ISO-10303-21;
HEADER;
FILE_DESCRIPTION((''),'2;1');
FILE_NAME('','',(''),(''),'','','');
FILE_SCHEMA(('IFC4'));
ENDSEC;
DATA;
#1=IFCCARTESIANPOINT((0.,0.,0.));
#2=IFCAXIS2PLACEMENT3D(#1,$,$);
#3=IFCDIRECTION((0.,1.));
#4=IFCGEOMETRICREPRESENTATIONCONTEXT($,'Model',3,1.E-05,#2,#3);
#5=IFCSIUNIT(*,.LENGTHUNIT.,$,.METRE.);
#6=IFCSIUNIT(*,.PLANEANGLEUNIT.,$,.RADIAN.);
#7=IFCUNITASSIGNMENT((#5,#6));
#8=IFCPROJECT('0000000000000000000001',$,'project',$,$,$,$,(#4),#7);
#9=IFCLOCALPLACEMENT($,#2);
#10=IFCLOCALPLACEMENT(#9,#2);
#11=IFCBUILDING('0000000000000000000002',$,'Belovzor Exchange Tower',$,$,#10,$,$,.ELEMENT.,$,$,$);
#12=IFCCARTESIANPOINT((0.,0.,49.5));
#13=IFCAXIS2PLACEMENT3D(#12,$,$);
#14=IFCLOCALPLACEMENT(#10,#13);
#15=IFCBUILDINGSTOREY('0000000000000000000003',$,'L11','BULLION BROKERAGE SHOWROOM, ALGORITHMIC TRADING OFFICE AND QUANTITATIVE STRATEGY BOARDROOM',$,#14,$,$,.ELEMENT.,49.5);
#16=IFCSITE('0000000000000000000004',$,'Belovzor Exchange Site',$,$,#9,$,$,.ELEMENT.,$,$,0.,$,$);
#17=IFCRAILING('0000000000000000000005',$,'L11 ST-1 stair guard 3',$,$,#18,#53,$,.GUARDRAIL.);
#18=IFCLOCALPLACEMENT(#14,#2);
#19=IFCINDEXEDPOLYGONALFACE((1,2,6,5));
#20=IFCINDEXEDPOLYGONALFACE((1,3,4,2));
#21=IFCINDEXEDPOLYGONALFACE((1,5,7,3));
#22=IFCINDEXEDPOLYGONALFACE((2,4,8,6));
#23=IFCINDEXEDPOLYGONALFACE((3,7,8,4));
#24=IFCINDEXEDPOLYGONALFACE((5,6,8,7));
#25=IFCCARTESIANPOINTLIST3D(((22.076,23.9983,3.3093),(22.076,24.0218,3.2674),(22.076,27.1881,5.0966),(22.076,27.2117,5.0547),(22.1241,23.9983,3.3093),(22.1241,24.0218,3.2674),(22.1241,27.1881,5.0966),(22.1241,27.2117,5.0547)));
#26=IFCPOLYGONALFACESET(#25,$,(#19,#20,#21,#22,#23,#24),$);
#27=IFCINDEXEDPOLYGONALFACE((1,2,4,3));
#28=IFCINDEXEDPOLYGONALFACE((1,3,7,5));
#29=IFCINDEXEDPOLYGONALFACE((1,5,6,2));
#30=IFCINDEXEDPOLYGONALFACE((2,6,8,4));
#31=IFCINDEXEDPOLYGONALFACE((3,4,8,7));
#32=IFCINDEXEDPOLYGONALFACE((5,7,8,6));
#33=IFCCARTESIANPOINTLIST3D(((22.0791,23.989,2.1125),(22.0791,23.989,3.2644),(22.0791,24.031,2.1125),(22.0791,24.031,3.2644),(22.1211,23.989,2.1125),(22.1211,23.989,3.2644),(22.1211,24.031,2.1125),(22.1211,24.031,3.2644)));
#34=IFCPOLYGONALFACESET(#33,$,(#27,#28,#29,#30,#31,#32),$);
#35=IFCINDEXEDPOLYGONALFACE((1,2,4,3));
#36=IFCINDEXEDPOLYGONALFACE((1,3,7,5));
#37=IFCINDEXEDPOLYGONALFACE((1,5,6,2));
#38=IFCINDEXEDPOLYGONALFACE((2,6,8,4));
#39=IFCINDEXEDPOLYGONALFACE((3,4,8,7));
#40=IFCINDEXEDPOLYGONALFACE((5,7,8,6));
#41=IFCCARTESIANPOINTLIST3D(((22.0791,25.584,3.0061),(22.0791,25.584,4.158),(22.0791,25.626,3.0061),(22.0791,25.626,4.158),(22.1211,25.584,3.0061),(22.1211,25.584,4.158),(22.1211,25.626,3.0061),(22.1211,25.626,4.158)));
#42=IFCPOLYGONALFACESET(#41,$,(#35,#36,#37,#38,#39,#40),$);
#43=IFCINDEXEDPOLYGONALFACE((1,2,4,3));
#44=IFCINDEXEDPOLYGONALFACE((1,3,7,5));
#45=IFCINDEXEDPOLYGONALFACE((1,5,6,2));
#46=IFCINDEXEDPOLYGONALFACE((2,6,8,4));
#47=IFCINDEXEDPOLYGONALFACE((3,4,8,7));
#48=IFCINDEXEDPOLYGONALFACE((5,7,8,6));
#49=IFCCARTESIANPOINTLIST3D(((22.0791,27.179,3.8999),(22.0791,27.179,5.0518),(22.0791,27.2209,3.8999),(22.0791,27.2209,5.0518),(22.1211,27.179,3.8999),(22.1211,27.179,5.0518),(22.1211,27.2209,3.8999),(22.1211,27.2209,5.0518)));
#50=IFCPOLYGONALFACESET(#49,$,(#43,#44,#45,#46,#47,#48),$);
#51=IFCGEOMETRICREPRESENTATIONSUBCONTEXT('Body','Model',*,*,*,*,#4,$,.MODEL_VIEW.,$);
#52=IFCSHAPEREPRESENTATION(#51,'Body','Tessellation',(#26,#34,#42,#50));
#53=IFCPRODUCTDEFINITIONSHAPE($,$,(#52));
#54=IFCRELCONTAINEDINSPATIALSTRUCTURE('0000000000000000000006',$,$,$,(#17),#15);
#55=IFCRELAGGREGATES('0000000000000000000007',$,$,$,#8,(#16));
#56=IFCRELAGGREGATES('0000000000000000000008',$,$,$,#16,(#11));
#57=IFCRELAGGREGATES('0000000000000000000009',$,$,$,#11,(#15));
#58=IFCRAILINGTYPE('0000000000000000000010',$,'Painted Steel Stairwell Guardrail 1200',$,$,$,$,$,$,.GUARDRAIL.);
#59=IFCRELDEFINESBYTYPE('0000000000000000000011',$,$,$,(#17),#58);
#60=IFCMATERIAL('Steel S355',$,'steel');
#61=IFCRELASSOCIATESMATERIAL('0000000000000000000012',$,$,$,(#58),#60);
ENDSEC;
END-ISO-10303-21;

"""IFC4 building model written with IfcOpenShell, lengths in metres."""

from ifc_helpers import new_model, si_unit, direction, frame, origin, origin_2d, place, context, subcontext, project, spatial, rectangle, extrude, material, type_object, element, save


model = new_model("IFC4")

# Units and contexts
model_context = context("Model", 3, precision=1e-05, world=origin(), true_north=direction((0.0, 1.0)))
body_context = subcontext(model_context, "Body", "Model", "MODEL_VIEW")
ifc_project = project(units=[si_unit("LENGTHUNIT", "METRE"), si_unit("PLANEANGLEUNIT", "RADIAN")], contexts=[model_context])

# Site, building, storey
site_placement = place(None, origin())
site = spatial("IfcSite", under=ifc_project, at=site_placement, Name="Belovzor Exchange Site", CompositionType="ELEMENT", RefElevation=0.0)
building_placement = place(site_placement, origin())
building = spatial("IfcBuilding", under=site, at=building_placement, Name="Belovzor Exchange Tower", CompositionType="ELEMENT")
storey_placement = place(building_placement, frame((0.0, 0.0, 49.5)))
storey = spatial("IfcBuildingStorey", under=building, at=storey_placement, Name="L11", Description="BULLION BROKERAGE SHOWROOM, ALGORITHMIC TRADING OFFICE AND QUANTITATIVE STRATEGY BOARDROOM", CompositionType="ELEMENT", Elevation=49.5)

# Railing
ifc_material_1 = material(Name="Steel S355", Category="steel")
railing_type_1 = type_object("IfcRailingType", Name="Painted Steel Stairwell Guardrail 1200", PredefinedType="GUARDRAIL", material=ifc_material_1)
railing_1_placement = place(storey_placement, frame((22.1001, 24.01, 2.1125)))
element("IfcRailing", 1, at=railing_1_placement, inside=storey, type_object=railing_type_1, Name="L11 ST-1 stair guard 3", PredefinedType="GUARDRAIL", context=body_context, shape_type="SweptSolid", body=[
    extrude(rectangle(XDim=0.0481, YDim=0.0481, at=origin_2d()), frame((0.0, 0.0, 1.1758), z_axis=(0.0, 0.872391, 0.488809), x_axis=(-1.0, 0.0, 0.0)), (0.0, 0.0, 1.0), 3.6565),
    extrude(rectangle(XDim=0.042, YDim=0.042, at=origin_2d()), origin(), (0.0, 0.0, 1.0), 1.1519),
    extrude(rectangle(XDim=0.042, YDim=0.042, at=origin_2d()), frame((0.0, 1.595, 0.8936)), (0.0, 0.0, 1.0), 1.1519),
    extrude(rectangle(XDim=0.042, YDim=0.042, at=origin_2d()), frame((0.0, 3.1899, 1.7874)), (0.0, 0.0, 1.0), 1.1519),
])

save(model, "model.ifc")
